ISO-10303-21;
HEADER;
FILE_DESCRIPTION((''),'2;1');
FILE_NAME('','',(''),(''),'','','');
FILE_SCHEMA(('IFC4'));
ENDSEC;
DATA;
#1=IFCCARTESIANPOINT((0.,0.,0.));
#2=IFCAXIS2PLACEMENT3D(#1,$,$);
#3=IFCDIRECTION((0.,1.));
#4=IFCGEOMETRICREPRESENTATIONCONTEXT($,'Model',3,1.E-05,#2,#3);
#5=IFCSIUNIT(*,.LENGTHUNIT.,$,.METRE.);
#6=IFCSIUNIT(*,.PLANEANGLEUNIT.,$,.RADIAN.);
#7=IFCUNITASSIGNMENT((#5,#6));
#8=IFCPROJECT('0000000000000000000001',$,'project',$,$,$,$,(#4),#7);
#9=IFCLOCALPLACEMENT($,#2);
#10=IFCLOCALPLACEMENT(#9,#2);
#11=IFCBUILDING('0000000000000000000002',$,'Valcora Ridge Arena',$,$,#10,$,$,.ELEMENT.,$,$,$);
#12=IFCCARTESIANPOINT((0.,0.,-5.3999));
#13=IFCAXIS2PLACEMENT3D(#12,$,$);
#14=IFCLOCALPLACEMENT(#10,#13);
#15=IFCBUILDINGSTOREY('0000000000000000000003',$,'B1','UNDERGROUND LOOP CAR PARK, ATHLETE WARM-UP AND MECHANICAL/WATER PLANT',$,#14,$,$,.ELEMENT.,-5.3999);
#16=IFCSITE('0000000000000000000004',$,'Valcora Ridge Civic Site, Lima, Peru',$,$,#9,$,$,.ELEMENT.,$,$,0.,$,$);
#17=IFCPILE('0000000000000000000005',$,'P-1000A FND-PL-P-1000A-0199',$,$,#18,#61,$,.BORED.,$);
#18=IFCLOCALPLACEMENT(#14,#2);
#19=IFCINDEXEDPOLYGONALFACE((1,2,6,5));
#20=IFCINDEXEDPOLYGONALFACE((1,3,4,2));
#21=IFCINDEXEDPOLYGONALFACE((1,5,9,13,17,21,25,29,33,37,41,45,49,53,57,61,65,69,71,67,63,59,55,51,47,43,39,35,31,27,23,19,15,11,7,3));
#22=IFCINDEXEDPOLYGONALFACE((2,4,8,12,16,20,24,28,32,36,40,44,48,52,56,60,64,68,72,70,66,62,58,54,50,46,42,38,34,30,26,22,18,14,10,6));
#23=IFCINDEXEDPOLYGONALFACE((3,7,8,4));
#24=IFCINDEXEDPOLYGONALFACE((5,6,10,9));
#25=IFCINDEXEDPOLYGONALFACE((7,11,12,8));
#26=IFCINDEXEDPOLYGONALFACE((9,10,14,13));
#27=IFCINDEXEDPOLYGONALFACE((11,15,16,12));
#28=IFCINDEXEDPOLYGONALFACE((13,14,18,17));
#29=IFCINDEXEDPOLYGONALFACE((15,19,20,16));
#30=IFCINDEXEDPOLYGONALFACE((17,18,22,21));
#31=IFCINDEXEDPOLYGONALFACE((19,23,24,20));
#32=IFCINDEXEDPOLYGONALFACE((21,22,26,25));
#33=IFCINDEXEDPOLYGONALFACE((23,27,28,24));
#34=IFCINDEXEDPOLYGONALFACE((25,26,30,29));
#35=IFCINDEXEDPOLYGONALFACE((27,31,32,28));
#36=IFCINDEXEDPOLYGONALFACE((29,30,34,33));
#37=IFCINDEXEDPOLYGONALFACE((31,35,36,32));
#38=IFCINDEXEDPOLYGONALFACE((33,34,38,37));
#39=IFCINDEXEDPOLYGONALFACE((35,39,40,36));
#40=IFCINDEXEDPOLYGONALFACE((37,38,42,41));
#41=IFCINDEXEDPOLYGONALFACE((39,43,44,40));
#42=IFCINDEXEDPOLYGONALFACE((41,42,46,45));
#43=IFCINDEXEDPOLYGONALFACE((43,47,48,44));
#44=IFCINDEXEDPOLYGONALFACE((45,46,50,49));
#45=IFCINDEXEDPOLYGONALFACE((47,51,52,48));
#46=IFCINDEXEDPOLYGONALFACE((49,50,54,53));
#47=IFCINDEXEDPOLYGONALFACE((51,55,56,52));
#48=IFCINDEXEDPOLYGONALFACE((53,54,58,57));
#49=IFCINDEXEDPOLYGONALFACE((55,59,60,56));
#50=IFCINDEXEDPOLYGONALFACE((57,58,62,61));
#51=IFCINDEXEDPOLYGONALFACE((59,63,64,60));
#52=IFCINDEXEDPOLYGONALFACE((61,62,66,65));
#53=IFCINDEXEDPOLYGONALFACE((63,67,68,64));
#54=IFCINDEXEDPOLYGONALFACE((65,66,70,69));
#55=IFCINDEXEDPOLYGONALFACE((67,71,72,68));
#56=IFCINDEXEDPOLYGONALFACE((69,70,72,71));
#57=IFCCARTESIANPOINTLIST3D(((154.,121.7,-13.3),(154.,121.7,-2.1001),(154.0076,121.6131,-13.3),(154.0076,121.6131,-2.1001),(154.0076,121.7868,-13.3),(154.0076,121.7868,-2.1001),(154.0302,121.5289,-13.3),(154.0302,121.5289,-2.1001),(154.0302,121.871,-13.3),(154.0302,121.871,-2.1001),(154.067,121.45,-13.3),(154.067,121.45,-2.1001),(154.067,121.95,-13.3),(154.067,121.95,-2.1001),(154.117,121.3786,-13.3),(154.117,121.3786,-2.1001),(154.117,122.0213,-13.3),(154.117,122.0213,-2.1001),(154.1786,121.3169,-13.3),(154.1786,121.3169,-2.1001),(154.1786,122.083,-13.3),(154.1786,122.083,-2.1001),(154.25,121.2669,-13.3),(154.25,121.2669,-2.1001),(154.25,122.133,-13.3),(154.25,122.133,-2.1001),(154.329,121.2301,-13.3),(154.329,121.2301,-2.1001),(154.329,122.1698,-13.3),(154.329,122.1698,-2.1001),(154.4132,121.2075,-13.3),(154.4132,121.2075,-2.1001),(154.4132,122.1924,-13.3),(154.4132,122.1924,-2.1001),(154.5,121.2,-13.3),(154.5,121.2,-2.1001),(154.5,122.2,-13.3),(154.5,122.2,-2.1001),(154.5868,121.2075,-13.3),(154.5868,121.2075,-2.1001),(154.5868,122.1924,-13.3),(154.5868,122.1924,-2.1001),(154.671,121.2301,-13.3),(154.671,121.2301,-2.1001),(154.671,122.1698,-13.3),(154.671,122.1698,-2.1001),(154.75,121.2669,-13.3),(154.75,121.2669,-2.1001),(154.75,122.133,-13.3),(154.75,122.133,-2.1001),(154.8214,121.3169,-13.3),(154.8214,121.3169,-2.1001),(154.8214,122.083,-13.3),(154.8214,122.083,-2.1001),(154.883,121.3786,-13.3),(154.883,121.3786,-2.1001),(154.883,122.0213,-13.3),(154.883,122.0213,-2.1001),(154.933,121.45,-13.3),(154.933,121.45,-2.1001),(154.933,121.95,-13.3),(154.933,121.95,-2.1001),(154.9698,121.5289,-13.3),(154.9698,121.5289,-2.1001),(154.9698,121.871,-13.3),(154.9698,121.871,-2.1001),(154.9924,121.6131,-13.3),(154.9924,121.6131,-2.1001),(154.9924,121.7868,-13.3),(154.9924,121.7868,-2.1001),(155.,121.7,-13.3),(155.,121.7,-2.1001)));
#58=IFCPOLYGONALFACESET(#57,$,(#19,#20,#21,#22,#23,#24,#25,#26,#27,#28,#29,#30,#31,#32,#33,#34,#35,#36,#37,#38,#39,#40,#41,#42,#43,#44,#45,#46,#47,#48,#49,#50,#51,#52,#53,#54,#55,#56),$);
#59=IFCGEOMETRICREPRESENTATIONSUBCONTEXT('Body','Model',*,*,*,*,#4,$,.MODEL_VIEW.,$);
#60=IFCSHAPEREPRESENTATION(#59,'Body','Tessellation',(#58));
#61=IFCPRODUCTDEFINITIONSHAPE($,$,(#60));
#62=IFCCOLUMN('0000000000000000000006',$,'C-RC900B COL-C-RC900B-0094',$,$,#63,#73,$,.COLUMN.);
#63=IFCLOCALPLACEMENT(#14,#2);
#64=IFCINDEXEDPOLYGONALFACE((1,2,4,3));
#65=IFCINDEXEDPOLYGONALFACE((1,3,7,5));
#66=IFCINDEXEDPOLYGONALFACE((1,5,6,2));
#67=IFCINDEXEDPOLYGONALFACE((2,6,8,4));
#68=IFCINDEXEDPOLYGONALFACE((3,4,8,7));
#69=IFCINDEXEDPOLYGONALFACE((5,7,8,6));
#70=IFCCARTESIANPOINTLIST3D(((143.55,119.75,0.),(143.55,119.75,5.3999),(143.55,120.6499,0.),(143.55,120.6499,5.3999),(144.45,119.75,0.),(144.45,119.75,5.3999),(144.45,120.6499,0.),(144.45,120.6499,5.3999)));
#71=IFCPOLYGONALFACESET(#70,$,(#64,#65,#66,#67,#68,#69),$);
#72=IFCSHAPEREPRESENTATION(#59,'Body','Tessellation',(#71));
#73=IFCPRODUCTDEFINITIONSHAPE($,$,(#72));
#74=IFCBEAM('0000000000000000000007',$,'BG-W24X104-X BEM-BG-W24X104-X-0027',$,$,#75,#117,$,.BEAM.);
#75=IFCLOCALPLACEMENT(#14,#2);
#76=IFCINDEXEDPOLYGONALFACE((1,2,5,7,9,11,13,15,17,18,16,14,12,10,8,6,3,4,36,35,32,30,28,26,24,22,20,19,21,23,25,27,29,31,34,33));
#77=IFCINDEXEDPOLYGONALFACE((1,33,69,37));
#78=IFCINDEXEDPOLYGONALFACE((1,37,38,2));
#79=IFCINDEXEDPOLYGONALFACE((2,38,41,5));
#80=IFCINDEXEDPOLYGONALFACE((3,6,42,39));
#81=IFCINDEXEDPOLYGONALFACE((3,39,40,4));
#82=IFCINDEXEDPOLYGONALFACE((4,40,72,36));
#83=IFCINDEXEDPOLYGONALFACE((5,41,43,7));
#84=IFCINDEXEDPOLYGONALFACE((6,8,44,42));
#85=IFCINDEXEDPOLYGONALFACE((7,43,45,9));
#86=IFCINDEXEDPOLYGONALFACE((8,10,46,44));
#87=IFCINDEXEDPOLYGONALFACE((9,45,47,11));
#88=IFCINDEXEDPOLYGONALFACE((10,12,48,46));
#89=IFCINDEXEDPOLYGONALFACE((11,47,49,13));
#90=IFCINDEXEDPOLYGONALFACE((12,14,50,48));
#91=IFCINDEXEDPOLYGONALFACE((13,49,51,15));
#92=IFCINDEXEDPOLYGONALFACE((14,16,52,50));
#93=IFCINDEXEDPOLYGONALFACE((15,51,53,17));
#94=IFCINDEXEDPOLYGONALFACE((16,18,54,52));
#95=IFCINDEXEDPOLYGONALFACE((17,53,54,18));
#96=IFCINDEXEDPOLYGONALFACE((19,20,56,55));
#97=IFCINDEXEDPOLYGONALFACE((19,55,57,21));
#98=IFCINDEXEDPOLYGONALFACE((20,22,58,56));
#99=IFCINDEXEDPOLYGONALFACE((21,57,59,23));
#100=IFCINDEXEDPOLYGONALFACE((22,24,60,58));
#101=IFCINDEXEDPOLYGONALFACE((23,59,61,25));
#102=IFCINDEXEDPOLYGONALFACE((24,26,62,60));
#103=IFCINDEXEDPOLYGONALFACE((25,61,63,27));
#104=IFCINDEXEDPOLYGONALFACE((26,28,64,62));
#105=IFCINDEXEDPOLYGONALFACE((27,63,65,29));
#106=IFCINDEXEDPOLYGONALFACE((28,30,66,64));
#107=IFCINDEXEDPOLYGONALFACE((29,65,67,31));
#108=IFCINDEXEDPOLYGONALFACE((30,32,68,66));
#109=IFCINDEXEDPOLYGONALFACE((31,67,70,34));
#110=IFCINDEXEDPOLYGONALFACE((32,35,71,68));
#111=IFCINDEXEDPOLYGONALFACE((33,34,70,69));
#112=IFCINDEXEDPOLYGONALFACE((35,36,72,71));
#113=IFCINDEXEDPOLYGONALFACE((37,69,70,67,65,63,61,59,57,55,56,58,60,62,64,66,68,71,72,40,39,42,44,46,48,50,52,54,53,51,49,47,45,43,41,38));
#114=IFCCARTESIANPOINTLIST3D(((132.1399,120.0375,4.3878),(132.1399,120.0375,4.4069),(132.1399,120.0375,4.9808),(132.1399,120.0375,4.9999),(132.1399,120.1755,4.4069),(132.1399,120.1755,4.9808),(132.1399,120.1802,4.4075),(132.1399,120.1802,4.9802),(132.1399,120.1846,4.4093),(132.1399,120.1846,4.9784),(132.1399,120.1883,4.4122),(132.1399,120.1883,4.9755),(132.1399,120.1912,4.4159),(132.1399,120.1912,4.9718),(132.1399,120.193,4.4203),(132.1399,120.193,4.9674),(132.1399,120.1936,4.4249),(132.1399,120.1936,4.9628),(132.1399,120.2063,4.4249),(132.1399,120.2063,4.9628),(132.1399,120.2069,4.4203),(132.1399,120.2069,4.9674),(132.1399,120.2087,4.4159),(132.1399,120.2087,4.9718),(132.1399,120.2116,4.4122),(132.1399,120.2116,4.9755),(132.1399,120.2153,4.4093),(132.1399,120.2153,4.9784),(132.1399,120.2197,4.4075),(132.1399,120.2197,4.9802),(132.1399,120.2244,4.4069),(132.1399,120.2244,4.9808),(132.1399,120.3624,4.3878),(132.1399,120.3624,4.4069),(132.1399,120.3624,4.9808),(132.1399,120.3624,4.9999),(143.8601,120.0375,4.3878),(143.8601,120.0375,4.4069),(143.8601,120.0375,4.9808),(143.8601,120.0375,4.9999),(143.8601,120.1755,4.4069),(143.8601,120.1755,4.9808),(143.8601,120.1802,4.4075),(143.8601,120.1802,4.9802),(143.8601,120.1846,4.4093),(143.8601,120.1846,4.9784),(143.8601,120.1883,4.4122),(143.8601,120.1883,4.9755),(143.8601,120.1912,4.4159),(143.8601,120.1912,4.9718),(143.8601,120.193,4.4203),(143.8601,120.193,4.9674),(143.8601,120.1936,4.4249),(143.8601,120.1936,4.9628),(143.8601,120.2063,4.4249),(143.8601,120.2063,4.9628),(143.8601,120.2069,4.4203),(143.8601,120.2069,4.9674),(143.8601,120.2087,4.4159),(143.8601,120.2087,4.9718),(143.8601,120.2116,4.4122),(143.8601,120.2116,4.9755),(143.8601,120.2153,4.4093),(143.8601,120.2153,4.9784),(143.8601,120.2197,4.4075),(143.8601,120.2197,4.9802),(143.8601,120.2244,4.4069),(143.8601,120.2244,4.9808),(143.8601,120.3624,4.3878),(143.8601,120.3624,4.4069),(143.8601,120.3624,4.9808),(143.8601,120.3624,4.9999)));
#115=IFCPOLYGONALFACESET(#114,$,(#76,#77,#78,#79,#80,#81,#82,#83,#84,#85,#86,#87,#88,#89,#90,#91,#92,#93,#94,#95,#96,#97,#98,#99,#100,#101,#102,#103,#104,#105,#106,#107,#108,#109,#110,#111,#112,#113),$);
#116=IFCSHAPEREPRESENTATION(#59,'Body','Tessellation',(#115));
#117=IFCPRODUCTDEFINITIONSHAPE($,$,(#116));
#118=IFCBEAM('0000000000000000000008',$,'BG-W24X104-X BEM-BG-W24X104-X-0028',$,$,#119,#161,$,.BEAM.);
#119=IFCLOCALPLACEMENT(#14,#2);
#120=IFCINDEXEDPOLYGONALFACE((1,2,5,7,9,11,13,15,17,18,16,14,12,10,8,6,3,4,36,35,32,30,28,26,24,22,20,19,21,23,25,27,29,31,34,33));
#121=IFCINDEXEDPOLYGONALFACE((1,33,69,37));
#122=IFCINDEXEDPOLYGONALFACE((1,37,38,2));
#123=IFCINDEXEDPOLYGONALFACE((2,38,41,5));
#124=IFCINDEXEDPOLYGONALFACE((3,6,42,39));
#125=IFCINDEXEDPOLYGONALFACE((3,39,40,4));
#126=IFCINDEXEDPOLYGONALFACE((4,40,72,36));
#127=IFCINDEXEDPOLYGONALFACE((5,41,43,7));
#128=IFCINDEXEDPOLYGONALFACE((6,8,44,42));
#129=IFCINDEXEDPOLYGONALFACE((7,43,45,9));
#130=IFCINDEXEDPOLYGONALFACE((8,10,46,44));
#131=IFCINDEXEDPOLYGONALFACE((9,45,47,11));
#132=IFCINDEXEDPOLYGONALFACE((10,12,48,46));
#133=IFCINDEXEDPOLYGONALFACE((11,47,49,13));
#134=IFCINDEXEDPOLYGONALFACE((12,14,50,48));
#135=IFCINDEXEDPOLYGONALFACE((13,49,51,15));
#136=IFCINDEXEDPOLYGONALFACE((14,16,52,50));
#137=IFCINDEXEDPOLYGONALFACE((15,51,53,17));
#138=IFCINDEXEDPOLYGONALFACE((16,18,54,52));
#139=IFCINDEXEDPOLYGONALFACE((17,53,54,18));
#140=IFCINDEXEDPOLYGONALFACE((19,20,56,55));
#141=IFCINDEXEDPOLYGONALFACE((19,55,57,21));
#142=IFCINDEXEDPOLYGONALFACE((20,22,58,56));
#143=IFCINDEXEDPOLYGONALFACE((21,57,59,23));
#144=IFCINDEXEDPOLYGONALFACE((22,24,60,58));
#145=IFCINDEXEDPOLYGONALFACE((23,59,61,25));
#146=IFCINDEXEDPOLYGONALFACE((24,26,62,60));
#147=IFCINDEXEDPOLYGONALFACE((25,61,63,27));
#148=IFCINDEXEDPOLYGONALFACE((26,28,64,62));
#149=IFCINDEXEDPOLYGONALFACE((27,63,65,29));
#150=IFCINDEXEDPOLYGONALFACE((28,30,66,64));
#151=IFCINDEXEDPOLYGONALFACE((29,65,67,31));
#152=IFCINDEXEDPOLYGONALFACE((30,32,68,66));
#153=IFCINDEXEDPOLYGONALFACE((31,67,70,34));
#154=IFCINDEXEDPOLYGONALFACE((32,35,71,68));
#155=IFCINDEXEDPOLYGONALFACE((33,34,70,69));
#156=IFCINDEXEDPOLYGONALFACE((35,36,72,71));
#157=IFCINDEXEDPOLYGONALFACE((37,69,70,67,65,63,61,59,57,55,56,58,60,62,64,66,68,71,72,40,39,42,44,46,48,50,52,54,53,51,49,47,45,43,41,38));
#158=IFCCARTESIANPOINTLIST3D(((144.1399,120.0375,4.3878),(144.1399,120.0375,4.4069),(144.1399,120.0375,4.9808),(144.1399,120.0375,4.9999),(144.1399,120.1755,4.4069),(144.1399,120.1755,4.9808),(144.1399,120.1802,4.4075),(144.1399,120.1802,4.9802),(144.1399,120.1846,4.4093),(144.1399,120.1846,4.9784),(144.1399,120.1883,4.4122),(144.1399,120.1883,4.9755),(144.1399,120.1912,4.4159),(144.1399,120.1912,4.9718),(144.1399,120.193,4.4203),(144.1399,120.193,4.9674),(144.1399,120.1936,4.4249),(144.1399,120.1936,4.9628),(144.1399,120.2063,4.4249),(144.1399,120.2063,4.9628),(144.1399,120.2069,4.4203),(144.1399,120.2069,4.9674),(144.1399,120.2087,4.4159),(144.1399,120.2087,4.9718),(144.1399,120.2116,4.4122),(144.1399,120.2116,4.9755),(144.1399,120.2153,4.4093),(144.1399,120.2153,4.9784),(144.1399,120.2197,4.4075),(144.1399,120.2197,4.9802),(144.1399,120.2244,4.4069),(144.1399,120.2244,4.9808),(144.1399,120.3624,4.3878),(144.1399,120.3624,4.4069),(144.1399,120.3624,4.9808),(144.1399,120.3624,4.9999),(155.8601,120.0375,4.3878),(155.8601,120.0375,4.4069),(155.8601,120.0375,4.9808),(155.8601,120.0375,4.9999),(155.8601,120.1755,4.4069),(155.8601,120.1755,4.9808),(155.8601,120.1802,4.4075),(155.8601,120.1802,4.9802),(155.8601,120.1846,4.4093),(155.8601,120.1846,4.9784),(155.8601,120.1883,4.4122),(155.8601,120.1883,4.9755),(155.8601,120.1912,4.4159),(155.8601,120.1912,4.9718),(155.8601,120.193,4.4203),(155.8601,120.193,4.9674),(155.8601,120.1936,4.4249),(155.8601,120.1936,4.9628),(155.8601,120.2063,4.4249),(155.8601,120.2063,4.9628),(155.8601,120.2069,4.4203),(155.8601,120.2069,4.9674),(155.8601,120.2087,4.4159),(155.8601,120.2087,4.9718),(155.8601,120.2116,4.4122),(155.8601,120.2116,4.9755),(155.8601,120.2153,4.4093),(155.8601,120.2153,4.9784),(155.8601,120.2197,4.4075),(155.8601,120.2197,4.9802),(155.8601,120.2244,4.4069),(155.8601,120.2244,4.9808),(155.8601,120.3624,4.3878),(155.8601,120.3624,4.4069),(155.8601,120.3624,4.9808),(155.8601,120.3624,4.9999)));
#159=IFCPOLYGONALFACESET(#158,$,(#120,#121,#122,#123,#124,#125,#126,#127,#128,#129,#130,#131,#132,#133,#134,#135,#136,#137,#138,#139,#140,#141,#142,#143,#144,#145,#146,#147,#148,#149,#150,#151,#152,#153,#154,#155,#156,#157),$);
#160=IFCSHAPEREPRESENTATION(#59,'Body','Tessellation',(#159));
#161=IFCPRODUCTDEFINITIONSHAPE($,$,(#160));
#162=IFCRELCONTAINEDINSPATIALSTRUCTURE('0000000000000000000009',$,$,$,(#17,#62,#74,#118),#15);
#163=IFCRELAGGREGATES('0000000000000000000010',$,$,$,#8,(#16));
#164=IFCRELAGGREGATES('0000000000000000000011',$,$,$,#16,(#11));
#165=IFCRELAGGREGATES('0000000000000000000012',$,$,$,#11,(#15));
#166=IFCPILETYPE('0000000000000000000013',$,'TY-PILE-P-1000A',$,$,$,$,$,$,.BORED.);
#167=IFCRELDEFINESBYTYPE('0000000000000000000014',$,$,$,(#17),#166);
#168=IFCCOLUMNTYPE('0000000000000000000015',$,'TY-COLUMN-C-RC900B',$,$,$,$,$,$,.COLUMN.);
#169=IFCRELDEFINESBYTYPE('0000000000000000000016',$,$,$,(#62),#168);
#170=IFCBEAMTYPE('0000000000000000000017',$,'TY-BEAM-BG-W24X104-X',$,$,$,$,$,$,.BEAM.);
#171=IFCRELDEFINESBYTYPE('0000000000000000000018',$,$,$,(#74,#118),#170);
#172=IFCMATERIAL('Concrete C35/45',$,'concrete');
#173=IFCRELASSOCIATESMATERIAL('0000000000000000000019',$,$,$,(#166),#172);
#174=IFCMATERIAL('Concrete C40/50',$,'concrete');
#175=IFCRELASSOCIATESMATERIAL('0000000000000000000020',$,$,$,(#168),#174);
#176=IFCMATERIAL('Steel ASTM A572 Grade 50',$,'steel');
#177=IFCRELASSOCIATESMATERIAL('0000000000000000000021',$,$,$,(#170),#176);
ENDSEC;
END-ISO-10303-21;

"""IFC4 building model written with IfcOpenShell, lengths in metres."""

from ifc_helpers import new_model, si_unit, direction, frame, origin, origin_2d, place, context, subcontext, project, spatial, rectangle, circle, i_section, extrude, material, material_profile, profile_set, type_object, element, save


model = new_model("IFC4")

# Units and contexts
model_context = context("Model", 3, precision=1e-05, world=origin(), true_north=direction((0.0, 1.0)))
body_context = subcontext(model_context, "Body", "Model", "MODEL_VIEW")
ifc_project = project(units=[si_unit("LENGTHUNIT", "METRE"), si_unit("PLANEANGLEUNIT", "RADIAN")], contexts=[model_context])

# Site, building, storey
site_placement = place(None, origin())
site = spatial("IfcSite", under=ifc_project, at=site_placement, Name="Valcora Ridge Civic Site, Lima, Peru", CompositionType="ELEMENT", RefElevation=0.0)
building_placement = place(site_placement, origin())
building = spatial("IfcBuilding", under=site, at=building_placement, Name="Valcora Ridge Arena", CompositionType="ELEMENT")
storey_placement = place(building_placement, frame((0.0, 0.0, -5.3999)))
storey = spatial("IfcBuildingStorey", under=building, at=storey_placement, Name="B1", Description="UNDERGROUND LOOP CAR PARK, ATHLETE WARM-UP AND MECHANICAL/WATER PLANT", CompositionType="ELEMENT", Elevation=-5.3999)

# Shared definitions
ifc_material_1 = material(Name="Concrete C40/50", Category="concrete")

# Pile
ifc_material_2 = material(Name="Concrete C35/45", Category="concrete")
ifc_material_profile_1 = material_profile(ifc_material_2, circle(Radius=0.5, at=origin_2d()), Name="BORED PILE D1000")
ifc_profile_set_1 = profile_set([ifc_material_profile_1], Name="Concrete C35/45")
pile_type = type_object("IfcPileType", Name="TY-PILE-P-1000A", PredefinedType="BORED", material=ifc_profile_set_1)
for number, where, z_axis, x_axis, name in (
    (1, (154.5, 121.7, -2.1001), (0.0, 0.0, -1.0), (1.0, 0.0, 0.0), "P-1000A FND-PL-P-1000A-0199"),
):
    element("IfcPile", number, at=place(storey_placement, frame(where, z_axis=z_axis, x_axis=x_axis)), inside=storey, type_object=pile_type, Name=name, PredefinedType="BORED", context=body_context, shape_type="SweptSolid", body=[
        extrude(circle(Radius=0.5, at=origin_2d()), origin(), (0.0, 0.0, 1.0), 11.2),
    ])

# Column
ifc_material_profile_2 = material_profile(ifc_material_1, rectangle(XDim=0.8999, YDim=0.8999, at=origin_2d()), Name="RC 900x900")
ifc_profile_set_2 = profile_set([ifc_material_profile_2], Name="Concrete C40/50")
column_type = type_object("IfcColumnType", Name="TY-COLUMN-C-RC900B", PredefinedType="COLUMN", material=ifc_profile_set_2)
column_placement = place(storey_placement, frame((144.0, 120.2, 0.0), z_axis=(0.0, 0.0, 1.0), x_axis=(1.0, 0.0, 0.0)))
element("IfcColumn", 2, at=column_placement, inside=storey, type_object=column_type, Name="C-RC900B COL-C-RC900B-0094", PredefinedType="COLUMN", context=body_context, shape_type="SweptSolid", body=[
    extrude(rectangle(XDim=0.8999, YDim=0.8999, at=origin_2d()), origin(), (0.0, 0.0, 1.0), 5.3999),
])

# Beams
ifc_material_3 = material(Name="Steel ASTM A572 Grade 50", Category="steel")
ifc_material_profile_3 = material_profile(ifc_material_3, i_section(OverallWidth=0.325, OverallDepth=0.6121, WebThickness=0.0127, FlangeThickness=0.019, FilletRadius=0.0181, at=origin_2d()), Name="W24X104")
ifc_profile_set_3 = profile_set([ifc_material_profile_3], Name="Steel ASTM A572 Grade 50")
beam_type_1 = type_object("IfcBeamType", Name="TY-BEAM-BG-W24X104-X", PredefinedType="BEAM", material=ifc_profile_set_3)
for number, where, z_axis, x_axis, name in (
    (3, (132.1399, 120.2, 4.6938), (1.0, 0.0, 0.0), (0.0, 1.0, 0.0), "BG-W24X104-X BEM-BG-W24X104-X-0027"),
    (4, (144.1399, 120.2, 4.6938), (1.0, 0.0, 0.0), (0.0, 1.0, 0.0), "BG-W24X104-X BEM-BG-W24X104-X-0028"),
):
    element("IfcBeam", number, at=place(storey_placement, frame(where, z_axis=z_axis, x_axis=x_axis)), inside=storey, type_object=beam_type_1, Name=name, PredefinedType="BEAM", context=body_context, shape_type="SweptSolid", body=[
        extrude(i_section(OverallWidth=0.325, OverallDepth=0.6121, WebThickness=0.0127, FlangeThickness=0.019, FilletRadius=0.0181, at=origin_2d()), origin(), (0.0, 0.0, 1.0), 11.7202),
    ])

save(model, "model.ifc")
